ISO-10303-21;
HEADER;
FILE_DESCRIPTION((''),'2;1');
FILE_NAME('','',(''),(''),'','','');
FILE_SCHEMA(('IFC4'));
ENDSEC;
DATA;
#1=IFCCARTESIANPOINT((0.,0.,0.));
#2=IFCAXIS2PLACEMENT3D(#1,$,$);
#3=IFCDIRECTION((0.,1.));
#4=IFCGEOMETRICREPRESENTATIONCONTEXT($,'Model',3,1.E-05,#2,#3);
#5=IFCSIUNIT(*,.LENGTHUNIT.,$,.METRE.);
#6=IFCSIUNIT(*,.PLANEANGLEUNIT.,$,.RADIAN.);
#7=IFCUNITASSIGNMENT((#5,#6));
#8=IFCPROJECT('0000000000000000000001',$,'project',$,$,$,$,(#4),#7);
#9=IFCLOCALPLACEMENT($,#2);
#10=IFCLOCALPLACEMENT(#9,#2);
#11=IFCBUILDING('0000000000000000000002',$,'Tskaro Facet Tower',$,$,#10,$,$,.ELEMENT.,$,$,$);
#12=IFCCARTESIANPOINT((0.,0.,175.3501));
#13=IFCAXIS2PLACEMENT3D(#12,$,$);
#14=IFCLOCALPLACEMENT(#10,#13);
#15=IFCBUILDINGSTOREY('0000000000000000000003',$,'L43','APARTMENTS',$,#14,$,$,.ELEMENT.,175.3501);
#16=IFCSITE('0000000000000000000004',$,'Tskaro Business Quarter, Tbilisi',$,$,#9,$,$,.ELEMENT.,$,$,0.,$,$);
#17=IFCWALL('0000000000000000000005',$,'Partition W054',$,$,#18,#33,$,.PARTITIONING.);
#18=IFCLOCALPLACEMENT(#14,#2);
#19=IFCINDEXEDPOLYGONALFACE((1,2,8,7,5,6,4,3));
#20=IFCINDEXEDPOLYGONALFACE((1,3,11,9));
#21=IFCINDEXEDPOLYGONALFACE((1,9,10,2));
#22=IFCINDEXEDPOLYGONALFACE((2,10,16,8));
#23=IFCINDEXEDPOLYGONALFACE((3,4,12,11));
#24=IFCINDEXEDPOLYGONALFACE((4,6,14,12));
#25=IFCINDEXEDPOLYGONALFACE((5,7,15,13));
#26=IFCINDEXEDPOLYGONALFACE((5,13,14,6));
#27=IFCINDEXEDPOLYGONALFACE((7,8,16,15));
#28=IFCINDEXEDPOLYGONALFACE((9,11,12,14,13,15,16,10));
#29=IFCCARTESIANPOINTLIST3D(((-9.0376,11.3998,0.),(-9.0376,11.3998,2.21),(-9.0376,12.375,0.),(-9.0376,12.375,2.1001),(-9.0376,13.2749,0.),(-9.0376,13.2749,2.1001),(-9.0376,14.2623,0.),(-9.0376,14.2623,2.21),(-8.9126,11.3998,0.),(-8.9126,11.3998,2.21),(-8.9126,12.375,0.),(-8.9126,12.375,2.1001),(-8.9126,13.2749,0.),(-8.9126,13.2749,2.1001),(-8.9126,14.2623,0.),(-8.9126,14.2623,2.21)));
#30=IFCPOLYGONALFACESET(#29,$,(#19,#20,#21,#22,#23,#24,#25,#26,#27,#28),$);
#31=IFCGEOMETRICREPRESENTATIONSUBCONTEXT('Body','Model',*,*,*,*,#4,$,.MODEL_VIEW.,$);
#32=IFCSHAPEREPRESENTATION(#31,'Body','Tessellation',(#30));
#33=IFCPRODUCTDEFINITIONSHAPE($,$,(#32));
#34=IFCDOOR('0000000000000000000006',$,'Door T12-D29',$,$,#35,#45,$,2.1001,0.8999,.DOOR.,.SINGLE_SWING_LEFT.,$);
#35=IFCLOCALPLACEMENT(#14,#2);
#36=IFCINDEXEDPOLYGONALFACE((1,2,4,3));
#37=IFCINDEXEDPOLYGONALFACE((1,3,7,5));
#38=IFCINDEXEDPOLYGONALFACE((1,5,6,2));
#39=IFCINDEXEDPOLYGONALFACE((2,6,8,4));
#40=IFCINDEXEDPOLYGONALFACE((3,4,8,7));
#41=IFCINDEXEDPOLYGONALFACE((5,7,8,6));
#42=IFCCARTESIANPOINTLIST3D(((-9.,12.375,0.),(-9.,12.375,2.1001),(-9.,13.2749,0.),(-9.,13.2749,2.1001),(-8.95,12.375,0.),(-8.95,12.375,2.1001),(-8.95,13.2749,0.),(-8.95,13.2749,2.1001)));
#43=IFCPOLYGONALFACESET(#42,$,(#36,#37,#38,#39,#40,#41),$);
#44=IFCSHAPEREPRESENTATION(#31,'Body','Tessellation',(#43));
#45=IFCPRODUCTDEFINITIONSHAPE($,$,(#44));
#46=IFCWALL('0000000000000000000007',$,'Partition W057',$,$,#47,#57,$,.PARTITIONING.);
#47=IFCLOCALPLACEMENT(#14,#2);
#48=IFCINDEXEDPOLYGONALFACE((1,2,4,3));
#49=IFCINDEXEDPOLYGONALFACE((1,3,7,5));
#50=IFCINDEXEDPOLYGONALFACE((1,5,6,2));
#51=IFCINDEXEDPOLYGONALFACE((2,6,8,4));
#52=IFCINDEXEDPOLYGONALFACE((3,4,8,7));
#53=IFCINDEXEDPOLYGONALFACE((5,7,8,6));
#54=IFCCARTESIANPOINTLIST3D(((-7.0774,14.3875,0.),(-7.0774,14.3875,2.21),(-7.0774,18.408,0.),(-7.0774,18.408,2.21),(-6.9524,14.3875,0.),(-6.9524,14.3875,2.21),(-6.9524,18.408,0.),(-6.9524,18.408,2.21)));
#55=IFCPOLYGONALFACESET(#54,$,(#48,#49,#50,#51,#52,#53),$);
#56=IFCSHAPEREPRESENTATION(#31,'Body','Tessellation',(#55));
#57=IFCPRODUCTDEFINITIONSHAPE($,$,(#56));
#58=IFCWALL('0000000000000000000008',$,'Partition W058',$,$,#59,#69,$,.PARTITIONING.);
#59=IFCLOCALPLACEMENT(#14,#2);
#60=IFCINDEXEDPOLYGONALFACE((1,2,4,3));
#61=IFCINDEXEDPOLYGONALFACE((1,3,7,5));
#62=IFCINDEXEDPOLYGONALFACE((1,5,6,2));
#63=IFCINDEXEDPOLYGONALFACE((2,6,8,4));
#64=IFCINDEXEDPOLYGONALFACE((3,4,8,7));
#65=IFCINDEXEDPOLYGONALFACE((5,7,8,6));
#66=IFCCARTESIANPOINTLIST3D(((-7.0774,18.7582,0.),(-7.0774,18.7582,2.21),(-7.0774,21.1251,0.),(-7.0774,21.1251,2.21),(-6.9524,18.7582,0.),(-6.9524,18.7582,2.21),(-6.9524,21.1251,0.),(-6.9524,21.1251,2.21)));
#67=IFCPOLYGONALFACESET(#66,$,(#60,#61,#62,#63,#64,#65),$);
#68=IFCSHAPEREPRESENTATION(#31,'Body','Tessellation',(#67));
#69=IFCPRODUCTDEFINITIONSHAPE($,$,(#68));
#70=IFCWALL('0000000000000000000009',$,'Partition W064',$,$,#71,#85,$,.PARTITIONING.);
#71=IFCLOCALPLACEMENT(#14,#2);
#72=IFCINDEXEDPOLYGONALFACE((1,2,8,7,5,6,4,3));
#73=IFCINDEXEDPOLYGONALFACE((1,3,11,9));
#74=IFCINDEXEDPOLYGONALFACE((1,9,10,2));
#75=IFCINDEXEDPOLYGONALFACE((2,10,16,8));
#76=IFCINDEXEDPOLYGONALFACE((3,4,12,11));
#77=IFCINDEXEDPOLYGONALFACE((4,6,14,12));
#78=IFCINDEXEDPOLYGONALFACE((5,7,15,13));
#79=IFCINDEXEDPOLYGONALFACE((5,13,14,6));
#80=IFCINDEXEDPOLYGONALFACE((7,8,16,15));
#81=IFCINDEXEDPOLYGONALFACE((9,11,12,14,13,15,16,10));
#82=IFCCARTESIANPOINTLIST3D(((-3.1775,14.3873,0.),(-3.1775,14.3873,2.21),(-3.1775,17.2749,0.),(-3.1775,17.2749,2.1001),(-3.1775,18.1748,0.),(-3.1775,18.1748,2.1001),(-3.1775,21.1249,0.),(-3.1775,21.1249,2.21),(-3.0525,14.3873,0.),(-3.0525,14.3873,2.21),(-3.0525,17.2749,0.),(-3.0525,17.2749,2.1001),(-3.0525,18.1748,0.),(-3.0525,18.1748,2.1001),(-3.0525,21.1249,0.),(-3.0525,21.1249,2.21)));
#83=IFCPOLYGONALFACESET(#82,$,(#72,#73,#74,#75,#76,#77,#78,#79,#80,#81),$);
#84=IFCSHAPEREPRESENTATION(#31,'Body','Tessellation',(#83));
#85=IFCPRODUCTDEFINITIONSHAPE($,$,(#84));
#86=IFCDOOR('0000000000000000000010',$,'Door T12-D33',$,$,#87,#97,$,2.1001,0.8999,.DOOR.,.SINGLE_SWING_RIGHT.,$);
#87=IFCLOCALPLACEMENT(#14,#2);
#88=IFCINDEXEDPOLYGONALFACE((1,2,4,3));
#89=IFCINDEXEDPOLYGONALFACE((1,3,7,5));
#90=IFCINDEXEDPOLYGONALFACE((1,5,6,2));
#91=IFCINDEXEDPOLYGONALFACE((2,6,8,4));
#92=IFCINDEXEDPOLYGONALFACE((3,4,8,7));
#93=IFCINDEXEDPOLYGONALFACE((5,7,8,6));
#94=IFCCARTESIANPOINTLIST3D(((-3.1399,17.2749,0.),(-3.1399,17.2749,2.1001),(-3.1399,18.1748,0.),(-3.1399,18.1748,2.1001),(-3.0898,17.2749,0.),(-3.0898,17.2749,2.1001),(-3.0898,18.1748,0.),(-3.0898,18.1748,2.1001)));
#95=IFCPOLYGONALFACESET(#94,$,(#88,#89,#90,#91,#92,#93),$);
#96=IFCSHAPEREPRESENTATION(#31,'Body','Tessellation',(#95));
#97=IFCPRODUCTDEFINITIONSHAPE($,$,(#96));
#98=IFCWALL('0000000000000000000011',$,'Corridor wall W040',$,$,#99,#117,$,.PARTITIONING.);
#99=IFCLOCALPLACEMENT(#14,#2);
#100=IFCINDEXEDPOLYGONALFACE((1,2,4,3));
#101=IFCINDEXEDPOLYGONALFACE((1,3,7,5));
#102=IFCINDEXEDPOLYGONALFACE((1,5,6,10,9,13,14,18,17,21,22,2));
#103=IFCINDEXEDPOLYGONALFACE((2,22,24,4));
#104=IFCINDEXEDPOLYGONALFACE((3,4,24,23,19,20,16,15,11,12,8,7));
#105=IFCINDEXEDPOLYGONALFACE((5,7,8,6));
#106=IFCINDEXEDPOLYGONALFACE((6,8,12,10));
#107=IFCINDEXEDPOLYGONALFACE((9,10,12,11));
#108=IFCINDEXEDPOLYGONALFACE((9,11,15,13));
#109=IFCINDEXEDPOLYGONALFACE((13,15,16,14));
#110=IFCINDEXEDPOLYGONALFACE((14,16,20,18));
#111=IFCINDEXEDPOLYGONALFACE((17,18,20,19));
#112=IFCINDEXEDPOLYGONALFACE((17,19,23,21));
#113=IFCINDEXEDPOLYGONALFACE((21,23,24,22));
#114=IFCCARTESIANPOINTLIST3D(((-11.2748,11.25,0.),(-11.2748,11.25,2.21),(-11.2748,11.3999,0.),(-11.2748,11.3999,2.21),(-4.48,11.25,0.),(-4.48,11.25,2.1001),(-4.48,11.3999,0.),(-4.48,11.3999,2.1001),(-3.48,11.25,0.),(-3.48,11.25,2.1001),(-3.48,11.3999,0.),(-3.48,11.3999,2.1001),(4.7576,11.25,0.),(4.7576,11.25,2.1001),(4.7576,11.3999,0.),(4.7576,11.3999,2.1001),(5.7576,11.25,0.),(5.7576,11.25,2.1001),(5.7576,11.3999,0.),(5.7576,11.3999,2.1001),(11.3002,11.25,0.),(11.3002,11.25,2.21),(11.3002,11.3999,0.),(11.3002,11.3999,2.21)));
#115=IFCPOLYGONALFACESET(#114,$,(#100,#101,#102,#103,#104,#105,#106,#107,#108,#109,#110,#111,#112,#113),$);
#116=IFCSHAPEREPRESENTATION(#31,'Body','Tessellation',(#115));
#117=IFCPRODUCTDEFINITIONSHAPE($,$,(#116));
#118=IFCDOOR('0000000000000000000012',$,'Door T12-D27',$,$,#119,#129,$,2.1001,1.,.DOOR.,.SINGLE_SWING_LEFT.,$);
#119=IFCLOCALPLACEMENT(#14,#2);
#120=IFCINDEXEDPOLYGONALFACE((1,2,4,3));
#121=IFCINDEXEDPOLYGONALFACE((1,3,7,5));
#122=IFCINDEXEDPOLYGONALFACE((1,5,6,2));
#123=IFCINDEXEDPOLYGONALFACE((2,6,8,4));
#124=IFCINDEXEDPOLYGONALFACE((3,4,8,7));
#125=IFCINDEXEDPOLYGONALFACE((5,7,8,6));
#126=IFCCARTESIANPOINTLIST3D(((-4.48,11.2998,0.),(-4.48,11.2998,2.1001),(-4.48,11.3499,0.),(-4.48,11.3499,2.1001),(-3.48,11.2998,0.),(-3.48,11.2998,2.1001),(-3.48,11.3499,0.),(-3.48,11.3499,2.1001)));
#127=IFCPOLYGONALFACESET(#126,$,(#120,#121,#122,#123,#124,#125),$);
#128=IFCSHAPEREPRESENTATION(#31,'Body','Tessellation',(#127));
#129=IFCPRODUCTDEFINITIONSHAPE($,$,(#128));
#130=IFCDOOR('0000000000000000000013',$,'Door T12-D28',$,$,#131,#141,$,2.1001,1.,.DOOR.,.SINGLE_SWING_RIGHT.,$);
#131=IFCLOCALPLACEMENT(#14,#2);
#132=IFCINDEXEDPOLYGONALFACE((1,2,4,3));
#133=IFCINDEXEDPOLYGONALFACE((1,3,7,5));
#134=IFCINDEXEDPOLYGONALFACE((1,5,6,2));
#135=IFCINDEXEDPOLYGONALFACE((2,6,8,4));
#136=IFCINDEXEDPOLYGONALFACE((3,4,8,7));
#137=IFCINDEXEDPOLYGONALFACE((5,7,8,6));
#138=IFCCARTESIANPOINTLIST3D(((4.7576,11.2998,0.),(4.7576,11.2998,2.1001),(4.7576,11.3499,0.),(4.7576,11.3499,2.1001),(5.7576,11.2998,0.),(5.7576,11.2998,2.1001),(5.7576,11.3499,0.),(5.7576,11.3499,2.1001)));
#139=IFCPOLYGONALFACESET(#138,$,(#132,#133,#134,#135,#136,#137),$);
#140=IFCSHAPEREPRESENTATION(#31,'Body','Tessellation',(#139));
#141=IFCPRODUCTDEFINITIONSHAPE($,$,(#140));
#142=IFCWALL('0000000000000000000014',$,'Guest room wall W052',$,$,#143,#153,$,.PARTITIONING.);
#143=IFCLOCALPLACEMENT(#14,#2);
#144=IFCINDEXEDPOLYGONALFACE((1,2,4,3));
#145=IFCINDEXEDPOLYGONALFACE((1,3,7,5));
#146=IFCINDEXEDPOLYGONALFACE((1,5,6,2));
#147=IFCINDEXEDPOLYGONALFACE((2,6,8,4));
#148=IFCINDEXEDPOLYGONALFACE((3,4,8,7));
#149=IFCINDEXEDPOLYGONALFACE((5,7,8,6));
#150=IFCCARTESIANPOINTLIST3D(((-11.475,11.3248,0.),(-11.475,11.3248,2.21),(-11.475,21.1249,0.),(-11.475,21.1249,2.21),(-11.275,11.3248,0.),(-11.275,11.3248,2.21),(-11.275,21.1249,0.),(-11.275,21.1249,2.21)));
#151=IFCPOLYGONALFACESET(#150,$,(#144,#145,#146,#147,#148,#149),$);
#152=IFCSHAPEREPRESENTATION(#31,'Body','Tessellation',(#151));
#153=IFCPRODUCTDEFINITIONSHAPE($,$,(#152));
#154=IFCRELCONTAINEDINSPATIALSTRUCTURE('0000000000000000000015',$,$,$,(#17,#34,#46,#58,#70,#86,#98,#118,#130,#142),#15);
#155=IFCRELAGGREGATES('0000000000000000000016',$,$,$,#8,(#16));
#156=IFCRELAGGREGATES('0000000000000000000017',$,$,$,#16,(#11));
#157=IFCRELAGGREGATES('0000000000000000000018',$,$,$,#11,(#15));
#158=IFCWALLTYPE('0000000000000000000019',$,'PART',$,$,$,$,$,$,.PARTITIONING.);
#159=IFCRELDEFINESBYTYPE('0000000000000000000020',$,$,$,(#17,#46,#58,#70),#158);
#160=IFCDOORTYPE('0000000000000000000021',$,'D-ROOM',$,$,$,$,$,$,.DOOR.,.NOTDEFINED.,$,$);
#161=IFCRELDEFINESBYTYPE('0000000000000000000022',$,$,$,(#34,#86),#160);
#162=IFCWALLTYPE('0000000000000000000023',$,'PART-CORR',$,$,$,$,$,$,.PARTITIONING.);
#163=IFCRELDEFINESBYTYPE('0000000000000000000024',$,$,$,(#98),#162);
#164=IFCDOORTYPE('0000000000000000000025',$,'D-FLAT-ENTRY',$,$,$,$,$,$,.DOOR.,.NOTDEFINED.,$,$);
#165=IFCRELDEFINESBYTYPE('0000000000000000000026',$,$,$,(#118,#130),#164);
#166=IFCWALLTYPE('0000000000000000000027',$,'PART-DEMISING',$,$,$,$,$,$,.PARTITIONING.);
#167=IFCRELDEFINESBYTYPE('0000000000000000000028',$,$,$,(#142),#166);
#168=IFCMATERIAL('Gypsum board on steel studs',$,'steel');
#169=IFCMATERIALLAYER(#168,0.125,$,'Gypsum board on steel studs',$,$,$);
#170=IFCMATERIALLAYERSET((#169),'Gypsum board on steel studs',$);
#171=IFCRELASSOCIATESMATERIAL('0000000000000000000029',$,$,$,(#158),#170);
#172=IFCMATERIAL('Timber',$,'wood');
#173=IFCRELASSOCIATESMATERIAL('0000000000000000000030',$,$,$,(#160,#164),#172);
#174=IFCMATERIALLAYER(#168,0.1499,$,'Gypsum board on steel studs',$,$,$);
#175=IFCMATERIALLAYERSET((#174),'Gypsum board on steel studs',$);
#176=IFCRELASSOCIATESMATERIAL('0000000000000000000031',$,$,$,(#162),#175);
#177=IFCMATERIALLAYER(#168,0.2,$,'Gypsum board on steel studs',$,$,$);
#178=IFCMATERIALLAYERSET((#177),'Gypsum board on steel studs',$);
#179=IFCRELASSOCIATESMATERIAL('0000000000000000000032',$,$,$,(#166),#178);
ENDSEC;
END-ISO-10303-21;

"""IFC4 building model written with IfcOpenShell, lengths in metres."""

from ifc_helpers import new_model, si_unit, direction, frame, frame_2d, origin, place, context, subcontext, project, spatial, rectangle, extrude, material, layer, layer_set, type_object, element, fill, save


model = new_model("IFC4")

# Units and contexts
model_context = context("Model", 3, precision=1e-05, world=origin(), true_north=direction((0.0, 1.0)))
body_context = subcontext(model_context, "Body", "Model", "MODEL_VIEW")
ifc_project = project(units=[si_unit("LENGTHUNIT", "METRE"), si_unit("PLANEANGLEUNIT", "RADIAN")], contexts=[model_context])

# Site, building, storey
site_placement = place(None, origin())
site = spatial("IfcSite", under=ifc_project, at=site_placement, Name="Tskaro Business Quarter, Tbilisi", CompositionType="ELEMENT", RefElevation=0.0)
building_placement = place(site_placement, origin())
building = spatial("IfcBuilding", under=site, at=building_placement, Name="Tskaro Facet Tower", CompositionType="ELEMENT")
storey_placement = place(building_placement, frame((0.0, 0.0, 175.3501)))
storey = spatial("IfcBuildingStorey", under=building, at=storey_placement, Name="L43", Description="APARTMENTS", CompositionType="ELEMENT", Elevation=175.3501)

# Shared definitions
ifc_material_1 = material(Name="Gypsum board on steel studs", Category="steel")
ifc_layer_1 = layer(ifc_material_1, 0.125, Name="Gypsum board on steel studs")
ifc_layer_set_1 = layer_set([ifc_layer_1], Name="Gypsum board on steel studs")
wall_type_1 = type_object("IfcWallType", Name="PART", PredefinedType="PARTITIONING", material=ifc_layer_set_1)
ifc_material_2 = material(Name="Timber", Category="wood")
door_type_1 = type_object("IfcDoorType", Name="D-ROOM", OperationType="NOTDEFINED", PredefinedType="DOOR", material=ifc_material_2)

# Wall, opening, door
wall_1_placement = place(storey_placement, frame((-8.9751, 11.3999, 0.0), z_axis=(0.0, 0.0, 1.0), x_axis=(0.0, 1.0, 0.0)))
wall_1 = element("IfcWall", 1, at=wall_1_placement, inside=storey, type_object=wall_type_1, Name="Partition W054", PredefinedType="PARTITIONING", context=body_context, shape_type="SweptSolid", body=[
    extrude(rectangle(XDim=2.8625, YDim=0.125, at=frame_2d((1.4312, 0.0))), origin(), (0.0, 0.0, 1.0), 2.21),
])
opening_1_placement = place(wall_1_placement, frame((0.9751, 0.0, 0.0)))
opening_1 = element("IfcOpeningElement", 2, at=opening_1_placement, cuts=wall_1, PredefinedType="OPENING", context=body_context, shape_type="SweptSolid", body=[
    extrude(rectangle(XDim=0.8999, YDim=2.1001, at=frame_2d((0.45, 1.05))), frame((0.0, 0.0725, 0.0), z_axis=(0.0, -1.0, 0.0), x_axis=(1.0, 0.0, 0.0)), (0.0, 0.0, 1.0), 0.145),
])
door_1_placement = place(opening_1_placement, origin())
door_1 = element("IfcDoor", 3, at=door_1_placement, inside=storey, type_object=door_type_1, Name="Door T12-D29", OperationType="SINGLE_SWING_LEFT", OverallHeight=2.1001, OverallWidth=0.8999, PredefinedType="DOOR", context=body_context, shape_type="SweptSolid", body=[
    extrude(rectangle(XDim=0.8999, YDim=2.1001, at=frame_2d((0.45, 1.05))), frame((0.0, 0.0249, 0.0), z_axis=(0.0, -1.0, 0.0), x_axis=(1.0, 0.0, 0.0)), (0.0, 0.0, 1.0), 0.05),
])
fill(opening_1, door_1)

# Walls
wall_2_placement = place(storey_placement, frame((-7.0149, 14.3875, 0.0), z_axis=(0.0, 0.0, 1.0), x_axis=(0.0, 1.0, 0.0)))
element("IfcWall", 4, at=wall_2_placement, inside=storey, type_object=wall_type_1, Name="Partition W057", PredefinedType="PARTITIONING", context=body_context, shape_type="SweptSolid", body=[
    extrude(rectangle(XDim=4.0205, YDim=0.125, at=frame_2d((2.0103, 0.0))), origin(), (0.0, 0.0, 1.0), 2.21),
])
wall_3_placement = place(storey_placement, frame((-7.0149, 18.7581, 0.0), z_axis=(0.0, 0.0, 1.0), x_axis=(0.0, 1.0, 0.0)))
element("IfcWall", 5, at=wall_3_placement, inside=storey, type_object=wall_type_1, Name="Partition W058", PredefinedType="PARTITIONING", context=body_context, shape_type="SweptSolid", body=[
    extrude(rectangle(XDim=2.3669, YDim=0.125, at=frame_2d((1.1836, 0.0))), origin(), (0.0, 0.0, 1.0), 2.21),
])

# Wall, opening, door
wall_4_placement = place(storey_placement, frame((-3.115, 14.3875, 0.0), z_axis=(0.0, 0.0, 1.0), x_axis=(0.0, 1.0, 0.0)))
wall_4 = element("IfcWall", 6, at=wall_4_placement, inside=storey, type_object=wall_type_1, Name="Partition W064", PredefinedType="PARTITIONING", context=body_context, shape_type="SweptSolid", body=[
    extrude(rectangle(XDim=6.7375, YDim=0.125, at=frame_2d((3.3687, 0.0))), origin(), (0.0, 0.0, 1.0), 2.21),
])
opening_2_placement = place(wall_4_placement, frame((2.8875, 0.0, 0.0)))
opening_2 = element("IfcOpeningElement", 7, at=opening_2_placement, cuts=wall_4, PredefinedType="OPENING", context=body_context, shape_type="SweptSolid", body=[
    extrude(rectangle(XDim=0.8999, YDim=2.1001, at=frame_2d((0.45, 1.05))), frame((0.0, 0.0725, 0.0), z_axis=(0.0, -1.0, 0.0), x_axis=(1.0, 0.0, 0.0)), (0.0, 0.0, 1.0), 0.145),
])
door_2_placement = place(opening_2_placement, origin())
door_2 = element("IfcDoor", 8, at=door_2_placement, inside=storey, type_object=door_type_1, Name="Door T12-D33", OperationType="SINGLE_SWING_RIGHT", OverallHeight=2.1001, OverallWidth=0.8999, PredefinedType="DOOR", context=body_context, shape_type="SweptSolid", body=[
    extrude(rectangle(XDim=0.8999, YDim=2.1001, at=frame_2d((0.45, 1.05))), frame((0.0, 0.0249, 0.0), z_axis=(0.0, -1.0, 0.0), x_axis=(1.0, 0.0, 0.0)), (0.0, 0.0, 1.0), 0.05),
])
fill(opening_2, door_2)

# Wall, openings, doors
ifc_layer_2 = layer(ifc_material_1, 0.1499, Name="Gypsum board on steel studs")
ifc_layer_set_2 = layer_set([ifc_layer_2], Name="Gypsum board on steel studs")
wall_type_2 = type_object("IfcWallType", Name="PART-CORR", PredefinedType="PARTITIONING", material=ifc_layer_set_2)
wall_5_placement = place(storey_placement, frame((-11.2749, 11.325, 0.0), z_axis=(0.0, 0.0, 1.0), x_axis=(1.0, 0.0, 0.0)))
wall_5 = element("IfcWall", 9, at=wall_5_placement, inside=storey, type_object=wall_type_2, Name="Corridor wall W040", PredefinedType="PARTITIONING", context=body_context, shape_type="SweptSolid", body=[
    extrude(rectangle(XDim=22.575, YDim=0.1499, at=frame_2d((11.2876, 0.0))), origin(), (0.0, 0.0, 1.0), 2.21),
])
opening_3_placement = place(wall_5_placement, frame((6.7949, 0.0, 0.0)))
opening_3 = element("IfcOpeningElement", 10, at=opening_3_placement, cuts=wall_5, PredefinedType="OPENING", context=body_context, shape_type="SweptSolid", body=[
    extrude(rectangle(XDim=1.0, YDim=2.1001, at=frame_2d((0.5, 1.05))), frame((0.0, 0.085, 0.0), z_axis=(0.0, -1.0, 0.0), x_axis=(1.0, 0.0, 0.0)), (0.0, 0.0, 1.0), 0.1699),
])
opening_4_placement = place(wall_5_placement, frame((16.0325, 0.0, 0.0)))
opening_4 = element("IfcOpeningElement", 11, at=opening_4_placement, cuts=wall_5, PredefinedType="OPENING", context=body_context, shape_type="SweptSolid", body=[
    extrude(rectangle(XDim=1.0, YDim=2.1001, at=frame_2d((0.5, 1.05))), frame((0.0, 0.085, 0.0), z_axis=(0.0, -1.0, 0.0), x_axis=(1.0, 0.0, 0.0)), (0.0, 0.0, 1.0), 0.1699),
])
door_type_2 = type_object("IfcDoorType", Name="D-FLAT-ENTRY", OperationType="NOTDEFINED", PredefinedType="DOOR", material=ifc_material_2)
door_3_placement = place(opening_3_placement, origin())
door_3 = element("IfcDoor", 12, at=door_3_placement, inside=storey, type_object=door_type_2, Name="Door T12-D27", OperationType="SINGLE_SWING_LEFT", OverallHeight=2.1001, OverallWidth=1.0, PredefinedType="DOOR", context=body_context, shape_type="SweptSolid", body=[
    extrude(rectangle(XDim=1.0, YDim=2.1001, at=frame_2d((0.5, 1.05))), frame((0.0, 0.0249, 0.0), z_axis=(0.0, -1.0, 0.0), x_axis=(1.0, 0.0, 0.0)), (0.0, 0.0, 1.0), 0.05),
])
fill(opening_3, door_3)
door_4_placement = place(opening_4_placement, origin())
door_4 = element("IfcDoor", 13, at=door_4_placement, inside=storey, type_object=door_type_2, Name="Door T12-D28", OperationType="SINGLE_SWING_RIGHT", OverallHeight=2.1001, OverallWidth=1.0, PredefinedType="DOOR", context=body_context, shape_type="SweptSolid", body=[
    extrude(rectangle(XDim=1.0, YDim=2.1001, at=frame_2d((0.5, 1.05))), frame((0.0, 0.0249, 0.0), z_axis=(0.0, -1.0, 0.0), x_axis=(1.0, 0.0, 0.0)), (0.0, 0.0, 1.0), 0.05),
])
fill(opening_4, door_4)

# Wall
ifc_layer_3 = layer(ifc_material_1, 0.2, Name="Gypsum board on steel studs")
ifc_layer_set_3 = layer_set([ifc_layer_3], Name="Gypsum board on steel studs")
wall_type_3 = type_object("IfcWallType", Name="PART-DEMISING", PredefinedType="PARTITIONING", material=ifc_layer_set_3)
wall_6_placement = place(storey_placement, frame((-11.375, 11.325, 0.0), z_axis=(0.0, 0.0, 1.0), x_axis=(0.0, 1.0, 0.0)))
element("IfcWall", 14, at=wall_6_placement, inside=storey, type_object=wall_type_3, Name="Guest room wall W052", PredefinedType="PARTITIONING", context=body_context, shape_type="SweptSolid", body=[
    extrude(rectangle(XDim=9.8, YDim=0.2, at=frame_2d((4.8999, 0.0))), origin(), (0.0, 0.0, 1.0), 2.21),
])

save(model, "model.ifc")
